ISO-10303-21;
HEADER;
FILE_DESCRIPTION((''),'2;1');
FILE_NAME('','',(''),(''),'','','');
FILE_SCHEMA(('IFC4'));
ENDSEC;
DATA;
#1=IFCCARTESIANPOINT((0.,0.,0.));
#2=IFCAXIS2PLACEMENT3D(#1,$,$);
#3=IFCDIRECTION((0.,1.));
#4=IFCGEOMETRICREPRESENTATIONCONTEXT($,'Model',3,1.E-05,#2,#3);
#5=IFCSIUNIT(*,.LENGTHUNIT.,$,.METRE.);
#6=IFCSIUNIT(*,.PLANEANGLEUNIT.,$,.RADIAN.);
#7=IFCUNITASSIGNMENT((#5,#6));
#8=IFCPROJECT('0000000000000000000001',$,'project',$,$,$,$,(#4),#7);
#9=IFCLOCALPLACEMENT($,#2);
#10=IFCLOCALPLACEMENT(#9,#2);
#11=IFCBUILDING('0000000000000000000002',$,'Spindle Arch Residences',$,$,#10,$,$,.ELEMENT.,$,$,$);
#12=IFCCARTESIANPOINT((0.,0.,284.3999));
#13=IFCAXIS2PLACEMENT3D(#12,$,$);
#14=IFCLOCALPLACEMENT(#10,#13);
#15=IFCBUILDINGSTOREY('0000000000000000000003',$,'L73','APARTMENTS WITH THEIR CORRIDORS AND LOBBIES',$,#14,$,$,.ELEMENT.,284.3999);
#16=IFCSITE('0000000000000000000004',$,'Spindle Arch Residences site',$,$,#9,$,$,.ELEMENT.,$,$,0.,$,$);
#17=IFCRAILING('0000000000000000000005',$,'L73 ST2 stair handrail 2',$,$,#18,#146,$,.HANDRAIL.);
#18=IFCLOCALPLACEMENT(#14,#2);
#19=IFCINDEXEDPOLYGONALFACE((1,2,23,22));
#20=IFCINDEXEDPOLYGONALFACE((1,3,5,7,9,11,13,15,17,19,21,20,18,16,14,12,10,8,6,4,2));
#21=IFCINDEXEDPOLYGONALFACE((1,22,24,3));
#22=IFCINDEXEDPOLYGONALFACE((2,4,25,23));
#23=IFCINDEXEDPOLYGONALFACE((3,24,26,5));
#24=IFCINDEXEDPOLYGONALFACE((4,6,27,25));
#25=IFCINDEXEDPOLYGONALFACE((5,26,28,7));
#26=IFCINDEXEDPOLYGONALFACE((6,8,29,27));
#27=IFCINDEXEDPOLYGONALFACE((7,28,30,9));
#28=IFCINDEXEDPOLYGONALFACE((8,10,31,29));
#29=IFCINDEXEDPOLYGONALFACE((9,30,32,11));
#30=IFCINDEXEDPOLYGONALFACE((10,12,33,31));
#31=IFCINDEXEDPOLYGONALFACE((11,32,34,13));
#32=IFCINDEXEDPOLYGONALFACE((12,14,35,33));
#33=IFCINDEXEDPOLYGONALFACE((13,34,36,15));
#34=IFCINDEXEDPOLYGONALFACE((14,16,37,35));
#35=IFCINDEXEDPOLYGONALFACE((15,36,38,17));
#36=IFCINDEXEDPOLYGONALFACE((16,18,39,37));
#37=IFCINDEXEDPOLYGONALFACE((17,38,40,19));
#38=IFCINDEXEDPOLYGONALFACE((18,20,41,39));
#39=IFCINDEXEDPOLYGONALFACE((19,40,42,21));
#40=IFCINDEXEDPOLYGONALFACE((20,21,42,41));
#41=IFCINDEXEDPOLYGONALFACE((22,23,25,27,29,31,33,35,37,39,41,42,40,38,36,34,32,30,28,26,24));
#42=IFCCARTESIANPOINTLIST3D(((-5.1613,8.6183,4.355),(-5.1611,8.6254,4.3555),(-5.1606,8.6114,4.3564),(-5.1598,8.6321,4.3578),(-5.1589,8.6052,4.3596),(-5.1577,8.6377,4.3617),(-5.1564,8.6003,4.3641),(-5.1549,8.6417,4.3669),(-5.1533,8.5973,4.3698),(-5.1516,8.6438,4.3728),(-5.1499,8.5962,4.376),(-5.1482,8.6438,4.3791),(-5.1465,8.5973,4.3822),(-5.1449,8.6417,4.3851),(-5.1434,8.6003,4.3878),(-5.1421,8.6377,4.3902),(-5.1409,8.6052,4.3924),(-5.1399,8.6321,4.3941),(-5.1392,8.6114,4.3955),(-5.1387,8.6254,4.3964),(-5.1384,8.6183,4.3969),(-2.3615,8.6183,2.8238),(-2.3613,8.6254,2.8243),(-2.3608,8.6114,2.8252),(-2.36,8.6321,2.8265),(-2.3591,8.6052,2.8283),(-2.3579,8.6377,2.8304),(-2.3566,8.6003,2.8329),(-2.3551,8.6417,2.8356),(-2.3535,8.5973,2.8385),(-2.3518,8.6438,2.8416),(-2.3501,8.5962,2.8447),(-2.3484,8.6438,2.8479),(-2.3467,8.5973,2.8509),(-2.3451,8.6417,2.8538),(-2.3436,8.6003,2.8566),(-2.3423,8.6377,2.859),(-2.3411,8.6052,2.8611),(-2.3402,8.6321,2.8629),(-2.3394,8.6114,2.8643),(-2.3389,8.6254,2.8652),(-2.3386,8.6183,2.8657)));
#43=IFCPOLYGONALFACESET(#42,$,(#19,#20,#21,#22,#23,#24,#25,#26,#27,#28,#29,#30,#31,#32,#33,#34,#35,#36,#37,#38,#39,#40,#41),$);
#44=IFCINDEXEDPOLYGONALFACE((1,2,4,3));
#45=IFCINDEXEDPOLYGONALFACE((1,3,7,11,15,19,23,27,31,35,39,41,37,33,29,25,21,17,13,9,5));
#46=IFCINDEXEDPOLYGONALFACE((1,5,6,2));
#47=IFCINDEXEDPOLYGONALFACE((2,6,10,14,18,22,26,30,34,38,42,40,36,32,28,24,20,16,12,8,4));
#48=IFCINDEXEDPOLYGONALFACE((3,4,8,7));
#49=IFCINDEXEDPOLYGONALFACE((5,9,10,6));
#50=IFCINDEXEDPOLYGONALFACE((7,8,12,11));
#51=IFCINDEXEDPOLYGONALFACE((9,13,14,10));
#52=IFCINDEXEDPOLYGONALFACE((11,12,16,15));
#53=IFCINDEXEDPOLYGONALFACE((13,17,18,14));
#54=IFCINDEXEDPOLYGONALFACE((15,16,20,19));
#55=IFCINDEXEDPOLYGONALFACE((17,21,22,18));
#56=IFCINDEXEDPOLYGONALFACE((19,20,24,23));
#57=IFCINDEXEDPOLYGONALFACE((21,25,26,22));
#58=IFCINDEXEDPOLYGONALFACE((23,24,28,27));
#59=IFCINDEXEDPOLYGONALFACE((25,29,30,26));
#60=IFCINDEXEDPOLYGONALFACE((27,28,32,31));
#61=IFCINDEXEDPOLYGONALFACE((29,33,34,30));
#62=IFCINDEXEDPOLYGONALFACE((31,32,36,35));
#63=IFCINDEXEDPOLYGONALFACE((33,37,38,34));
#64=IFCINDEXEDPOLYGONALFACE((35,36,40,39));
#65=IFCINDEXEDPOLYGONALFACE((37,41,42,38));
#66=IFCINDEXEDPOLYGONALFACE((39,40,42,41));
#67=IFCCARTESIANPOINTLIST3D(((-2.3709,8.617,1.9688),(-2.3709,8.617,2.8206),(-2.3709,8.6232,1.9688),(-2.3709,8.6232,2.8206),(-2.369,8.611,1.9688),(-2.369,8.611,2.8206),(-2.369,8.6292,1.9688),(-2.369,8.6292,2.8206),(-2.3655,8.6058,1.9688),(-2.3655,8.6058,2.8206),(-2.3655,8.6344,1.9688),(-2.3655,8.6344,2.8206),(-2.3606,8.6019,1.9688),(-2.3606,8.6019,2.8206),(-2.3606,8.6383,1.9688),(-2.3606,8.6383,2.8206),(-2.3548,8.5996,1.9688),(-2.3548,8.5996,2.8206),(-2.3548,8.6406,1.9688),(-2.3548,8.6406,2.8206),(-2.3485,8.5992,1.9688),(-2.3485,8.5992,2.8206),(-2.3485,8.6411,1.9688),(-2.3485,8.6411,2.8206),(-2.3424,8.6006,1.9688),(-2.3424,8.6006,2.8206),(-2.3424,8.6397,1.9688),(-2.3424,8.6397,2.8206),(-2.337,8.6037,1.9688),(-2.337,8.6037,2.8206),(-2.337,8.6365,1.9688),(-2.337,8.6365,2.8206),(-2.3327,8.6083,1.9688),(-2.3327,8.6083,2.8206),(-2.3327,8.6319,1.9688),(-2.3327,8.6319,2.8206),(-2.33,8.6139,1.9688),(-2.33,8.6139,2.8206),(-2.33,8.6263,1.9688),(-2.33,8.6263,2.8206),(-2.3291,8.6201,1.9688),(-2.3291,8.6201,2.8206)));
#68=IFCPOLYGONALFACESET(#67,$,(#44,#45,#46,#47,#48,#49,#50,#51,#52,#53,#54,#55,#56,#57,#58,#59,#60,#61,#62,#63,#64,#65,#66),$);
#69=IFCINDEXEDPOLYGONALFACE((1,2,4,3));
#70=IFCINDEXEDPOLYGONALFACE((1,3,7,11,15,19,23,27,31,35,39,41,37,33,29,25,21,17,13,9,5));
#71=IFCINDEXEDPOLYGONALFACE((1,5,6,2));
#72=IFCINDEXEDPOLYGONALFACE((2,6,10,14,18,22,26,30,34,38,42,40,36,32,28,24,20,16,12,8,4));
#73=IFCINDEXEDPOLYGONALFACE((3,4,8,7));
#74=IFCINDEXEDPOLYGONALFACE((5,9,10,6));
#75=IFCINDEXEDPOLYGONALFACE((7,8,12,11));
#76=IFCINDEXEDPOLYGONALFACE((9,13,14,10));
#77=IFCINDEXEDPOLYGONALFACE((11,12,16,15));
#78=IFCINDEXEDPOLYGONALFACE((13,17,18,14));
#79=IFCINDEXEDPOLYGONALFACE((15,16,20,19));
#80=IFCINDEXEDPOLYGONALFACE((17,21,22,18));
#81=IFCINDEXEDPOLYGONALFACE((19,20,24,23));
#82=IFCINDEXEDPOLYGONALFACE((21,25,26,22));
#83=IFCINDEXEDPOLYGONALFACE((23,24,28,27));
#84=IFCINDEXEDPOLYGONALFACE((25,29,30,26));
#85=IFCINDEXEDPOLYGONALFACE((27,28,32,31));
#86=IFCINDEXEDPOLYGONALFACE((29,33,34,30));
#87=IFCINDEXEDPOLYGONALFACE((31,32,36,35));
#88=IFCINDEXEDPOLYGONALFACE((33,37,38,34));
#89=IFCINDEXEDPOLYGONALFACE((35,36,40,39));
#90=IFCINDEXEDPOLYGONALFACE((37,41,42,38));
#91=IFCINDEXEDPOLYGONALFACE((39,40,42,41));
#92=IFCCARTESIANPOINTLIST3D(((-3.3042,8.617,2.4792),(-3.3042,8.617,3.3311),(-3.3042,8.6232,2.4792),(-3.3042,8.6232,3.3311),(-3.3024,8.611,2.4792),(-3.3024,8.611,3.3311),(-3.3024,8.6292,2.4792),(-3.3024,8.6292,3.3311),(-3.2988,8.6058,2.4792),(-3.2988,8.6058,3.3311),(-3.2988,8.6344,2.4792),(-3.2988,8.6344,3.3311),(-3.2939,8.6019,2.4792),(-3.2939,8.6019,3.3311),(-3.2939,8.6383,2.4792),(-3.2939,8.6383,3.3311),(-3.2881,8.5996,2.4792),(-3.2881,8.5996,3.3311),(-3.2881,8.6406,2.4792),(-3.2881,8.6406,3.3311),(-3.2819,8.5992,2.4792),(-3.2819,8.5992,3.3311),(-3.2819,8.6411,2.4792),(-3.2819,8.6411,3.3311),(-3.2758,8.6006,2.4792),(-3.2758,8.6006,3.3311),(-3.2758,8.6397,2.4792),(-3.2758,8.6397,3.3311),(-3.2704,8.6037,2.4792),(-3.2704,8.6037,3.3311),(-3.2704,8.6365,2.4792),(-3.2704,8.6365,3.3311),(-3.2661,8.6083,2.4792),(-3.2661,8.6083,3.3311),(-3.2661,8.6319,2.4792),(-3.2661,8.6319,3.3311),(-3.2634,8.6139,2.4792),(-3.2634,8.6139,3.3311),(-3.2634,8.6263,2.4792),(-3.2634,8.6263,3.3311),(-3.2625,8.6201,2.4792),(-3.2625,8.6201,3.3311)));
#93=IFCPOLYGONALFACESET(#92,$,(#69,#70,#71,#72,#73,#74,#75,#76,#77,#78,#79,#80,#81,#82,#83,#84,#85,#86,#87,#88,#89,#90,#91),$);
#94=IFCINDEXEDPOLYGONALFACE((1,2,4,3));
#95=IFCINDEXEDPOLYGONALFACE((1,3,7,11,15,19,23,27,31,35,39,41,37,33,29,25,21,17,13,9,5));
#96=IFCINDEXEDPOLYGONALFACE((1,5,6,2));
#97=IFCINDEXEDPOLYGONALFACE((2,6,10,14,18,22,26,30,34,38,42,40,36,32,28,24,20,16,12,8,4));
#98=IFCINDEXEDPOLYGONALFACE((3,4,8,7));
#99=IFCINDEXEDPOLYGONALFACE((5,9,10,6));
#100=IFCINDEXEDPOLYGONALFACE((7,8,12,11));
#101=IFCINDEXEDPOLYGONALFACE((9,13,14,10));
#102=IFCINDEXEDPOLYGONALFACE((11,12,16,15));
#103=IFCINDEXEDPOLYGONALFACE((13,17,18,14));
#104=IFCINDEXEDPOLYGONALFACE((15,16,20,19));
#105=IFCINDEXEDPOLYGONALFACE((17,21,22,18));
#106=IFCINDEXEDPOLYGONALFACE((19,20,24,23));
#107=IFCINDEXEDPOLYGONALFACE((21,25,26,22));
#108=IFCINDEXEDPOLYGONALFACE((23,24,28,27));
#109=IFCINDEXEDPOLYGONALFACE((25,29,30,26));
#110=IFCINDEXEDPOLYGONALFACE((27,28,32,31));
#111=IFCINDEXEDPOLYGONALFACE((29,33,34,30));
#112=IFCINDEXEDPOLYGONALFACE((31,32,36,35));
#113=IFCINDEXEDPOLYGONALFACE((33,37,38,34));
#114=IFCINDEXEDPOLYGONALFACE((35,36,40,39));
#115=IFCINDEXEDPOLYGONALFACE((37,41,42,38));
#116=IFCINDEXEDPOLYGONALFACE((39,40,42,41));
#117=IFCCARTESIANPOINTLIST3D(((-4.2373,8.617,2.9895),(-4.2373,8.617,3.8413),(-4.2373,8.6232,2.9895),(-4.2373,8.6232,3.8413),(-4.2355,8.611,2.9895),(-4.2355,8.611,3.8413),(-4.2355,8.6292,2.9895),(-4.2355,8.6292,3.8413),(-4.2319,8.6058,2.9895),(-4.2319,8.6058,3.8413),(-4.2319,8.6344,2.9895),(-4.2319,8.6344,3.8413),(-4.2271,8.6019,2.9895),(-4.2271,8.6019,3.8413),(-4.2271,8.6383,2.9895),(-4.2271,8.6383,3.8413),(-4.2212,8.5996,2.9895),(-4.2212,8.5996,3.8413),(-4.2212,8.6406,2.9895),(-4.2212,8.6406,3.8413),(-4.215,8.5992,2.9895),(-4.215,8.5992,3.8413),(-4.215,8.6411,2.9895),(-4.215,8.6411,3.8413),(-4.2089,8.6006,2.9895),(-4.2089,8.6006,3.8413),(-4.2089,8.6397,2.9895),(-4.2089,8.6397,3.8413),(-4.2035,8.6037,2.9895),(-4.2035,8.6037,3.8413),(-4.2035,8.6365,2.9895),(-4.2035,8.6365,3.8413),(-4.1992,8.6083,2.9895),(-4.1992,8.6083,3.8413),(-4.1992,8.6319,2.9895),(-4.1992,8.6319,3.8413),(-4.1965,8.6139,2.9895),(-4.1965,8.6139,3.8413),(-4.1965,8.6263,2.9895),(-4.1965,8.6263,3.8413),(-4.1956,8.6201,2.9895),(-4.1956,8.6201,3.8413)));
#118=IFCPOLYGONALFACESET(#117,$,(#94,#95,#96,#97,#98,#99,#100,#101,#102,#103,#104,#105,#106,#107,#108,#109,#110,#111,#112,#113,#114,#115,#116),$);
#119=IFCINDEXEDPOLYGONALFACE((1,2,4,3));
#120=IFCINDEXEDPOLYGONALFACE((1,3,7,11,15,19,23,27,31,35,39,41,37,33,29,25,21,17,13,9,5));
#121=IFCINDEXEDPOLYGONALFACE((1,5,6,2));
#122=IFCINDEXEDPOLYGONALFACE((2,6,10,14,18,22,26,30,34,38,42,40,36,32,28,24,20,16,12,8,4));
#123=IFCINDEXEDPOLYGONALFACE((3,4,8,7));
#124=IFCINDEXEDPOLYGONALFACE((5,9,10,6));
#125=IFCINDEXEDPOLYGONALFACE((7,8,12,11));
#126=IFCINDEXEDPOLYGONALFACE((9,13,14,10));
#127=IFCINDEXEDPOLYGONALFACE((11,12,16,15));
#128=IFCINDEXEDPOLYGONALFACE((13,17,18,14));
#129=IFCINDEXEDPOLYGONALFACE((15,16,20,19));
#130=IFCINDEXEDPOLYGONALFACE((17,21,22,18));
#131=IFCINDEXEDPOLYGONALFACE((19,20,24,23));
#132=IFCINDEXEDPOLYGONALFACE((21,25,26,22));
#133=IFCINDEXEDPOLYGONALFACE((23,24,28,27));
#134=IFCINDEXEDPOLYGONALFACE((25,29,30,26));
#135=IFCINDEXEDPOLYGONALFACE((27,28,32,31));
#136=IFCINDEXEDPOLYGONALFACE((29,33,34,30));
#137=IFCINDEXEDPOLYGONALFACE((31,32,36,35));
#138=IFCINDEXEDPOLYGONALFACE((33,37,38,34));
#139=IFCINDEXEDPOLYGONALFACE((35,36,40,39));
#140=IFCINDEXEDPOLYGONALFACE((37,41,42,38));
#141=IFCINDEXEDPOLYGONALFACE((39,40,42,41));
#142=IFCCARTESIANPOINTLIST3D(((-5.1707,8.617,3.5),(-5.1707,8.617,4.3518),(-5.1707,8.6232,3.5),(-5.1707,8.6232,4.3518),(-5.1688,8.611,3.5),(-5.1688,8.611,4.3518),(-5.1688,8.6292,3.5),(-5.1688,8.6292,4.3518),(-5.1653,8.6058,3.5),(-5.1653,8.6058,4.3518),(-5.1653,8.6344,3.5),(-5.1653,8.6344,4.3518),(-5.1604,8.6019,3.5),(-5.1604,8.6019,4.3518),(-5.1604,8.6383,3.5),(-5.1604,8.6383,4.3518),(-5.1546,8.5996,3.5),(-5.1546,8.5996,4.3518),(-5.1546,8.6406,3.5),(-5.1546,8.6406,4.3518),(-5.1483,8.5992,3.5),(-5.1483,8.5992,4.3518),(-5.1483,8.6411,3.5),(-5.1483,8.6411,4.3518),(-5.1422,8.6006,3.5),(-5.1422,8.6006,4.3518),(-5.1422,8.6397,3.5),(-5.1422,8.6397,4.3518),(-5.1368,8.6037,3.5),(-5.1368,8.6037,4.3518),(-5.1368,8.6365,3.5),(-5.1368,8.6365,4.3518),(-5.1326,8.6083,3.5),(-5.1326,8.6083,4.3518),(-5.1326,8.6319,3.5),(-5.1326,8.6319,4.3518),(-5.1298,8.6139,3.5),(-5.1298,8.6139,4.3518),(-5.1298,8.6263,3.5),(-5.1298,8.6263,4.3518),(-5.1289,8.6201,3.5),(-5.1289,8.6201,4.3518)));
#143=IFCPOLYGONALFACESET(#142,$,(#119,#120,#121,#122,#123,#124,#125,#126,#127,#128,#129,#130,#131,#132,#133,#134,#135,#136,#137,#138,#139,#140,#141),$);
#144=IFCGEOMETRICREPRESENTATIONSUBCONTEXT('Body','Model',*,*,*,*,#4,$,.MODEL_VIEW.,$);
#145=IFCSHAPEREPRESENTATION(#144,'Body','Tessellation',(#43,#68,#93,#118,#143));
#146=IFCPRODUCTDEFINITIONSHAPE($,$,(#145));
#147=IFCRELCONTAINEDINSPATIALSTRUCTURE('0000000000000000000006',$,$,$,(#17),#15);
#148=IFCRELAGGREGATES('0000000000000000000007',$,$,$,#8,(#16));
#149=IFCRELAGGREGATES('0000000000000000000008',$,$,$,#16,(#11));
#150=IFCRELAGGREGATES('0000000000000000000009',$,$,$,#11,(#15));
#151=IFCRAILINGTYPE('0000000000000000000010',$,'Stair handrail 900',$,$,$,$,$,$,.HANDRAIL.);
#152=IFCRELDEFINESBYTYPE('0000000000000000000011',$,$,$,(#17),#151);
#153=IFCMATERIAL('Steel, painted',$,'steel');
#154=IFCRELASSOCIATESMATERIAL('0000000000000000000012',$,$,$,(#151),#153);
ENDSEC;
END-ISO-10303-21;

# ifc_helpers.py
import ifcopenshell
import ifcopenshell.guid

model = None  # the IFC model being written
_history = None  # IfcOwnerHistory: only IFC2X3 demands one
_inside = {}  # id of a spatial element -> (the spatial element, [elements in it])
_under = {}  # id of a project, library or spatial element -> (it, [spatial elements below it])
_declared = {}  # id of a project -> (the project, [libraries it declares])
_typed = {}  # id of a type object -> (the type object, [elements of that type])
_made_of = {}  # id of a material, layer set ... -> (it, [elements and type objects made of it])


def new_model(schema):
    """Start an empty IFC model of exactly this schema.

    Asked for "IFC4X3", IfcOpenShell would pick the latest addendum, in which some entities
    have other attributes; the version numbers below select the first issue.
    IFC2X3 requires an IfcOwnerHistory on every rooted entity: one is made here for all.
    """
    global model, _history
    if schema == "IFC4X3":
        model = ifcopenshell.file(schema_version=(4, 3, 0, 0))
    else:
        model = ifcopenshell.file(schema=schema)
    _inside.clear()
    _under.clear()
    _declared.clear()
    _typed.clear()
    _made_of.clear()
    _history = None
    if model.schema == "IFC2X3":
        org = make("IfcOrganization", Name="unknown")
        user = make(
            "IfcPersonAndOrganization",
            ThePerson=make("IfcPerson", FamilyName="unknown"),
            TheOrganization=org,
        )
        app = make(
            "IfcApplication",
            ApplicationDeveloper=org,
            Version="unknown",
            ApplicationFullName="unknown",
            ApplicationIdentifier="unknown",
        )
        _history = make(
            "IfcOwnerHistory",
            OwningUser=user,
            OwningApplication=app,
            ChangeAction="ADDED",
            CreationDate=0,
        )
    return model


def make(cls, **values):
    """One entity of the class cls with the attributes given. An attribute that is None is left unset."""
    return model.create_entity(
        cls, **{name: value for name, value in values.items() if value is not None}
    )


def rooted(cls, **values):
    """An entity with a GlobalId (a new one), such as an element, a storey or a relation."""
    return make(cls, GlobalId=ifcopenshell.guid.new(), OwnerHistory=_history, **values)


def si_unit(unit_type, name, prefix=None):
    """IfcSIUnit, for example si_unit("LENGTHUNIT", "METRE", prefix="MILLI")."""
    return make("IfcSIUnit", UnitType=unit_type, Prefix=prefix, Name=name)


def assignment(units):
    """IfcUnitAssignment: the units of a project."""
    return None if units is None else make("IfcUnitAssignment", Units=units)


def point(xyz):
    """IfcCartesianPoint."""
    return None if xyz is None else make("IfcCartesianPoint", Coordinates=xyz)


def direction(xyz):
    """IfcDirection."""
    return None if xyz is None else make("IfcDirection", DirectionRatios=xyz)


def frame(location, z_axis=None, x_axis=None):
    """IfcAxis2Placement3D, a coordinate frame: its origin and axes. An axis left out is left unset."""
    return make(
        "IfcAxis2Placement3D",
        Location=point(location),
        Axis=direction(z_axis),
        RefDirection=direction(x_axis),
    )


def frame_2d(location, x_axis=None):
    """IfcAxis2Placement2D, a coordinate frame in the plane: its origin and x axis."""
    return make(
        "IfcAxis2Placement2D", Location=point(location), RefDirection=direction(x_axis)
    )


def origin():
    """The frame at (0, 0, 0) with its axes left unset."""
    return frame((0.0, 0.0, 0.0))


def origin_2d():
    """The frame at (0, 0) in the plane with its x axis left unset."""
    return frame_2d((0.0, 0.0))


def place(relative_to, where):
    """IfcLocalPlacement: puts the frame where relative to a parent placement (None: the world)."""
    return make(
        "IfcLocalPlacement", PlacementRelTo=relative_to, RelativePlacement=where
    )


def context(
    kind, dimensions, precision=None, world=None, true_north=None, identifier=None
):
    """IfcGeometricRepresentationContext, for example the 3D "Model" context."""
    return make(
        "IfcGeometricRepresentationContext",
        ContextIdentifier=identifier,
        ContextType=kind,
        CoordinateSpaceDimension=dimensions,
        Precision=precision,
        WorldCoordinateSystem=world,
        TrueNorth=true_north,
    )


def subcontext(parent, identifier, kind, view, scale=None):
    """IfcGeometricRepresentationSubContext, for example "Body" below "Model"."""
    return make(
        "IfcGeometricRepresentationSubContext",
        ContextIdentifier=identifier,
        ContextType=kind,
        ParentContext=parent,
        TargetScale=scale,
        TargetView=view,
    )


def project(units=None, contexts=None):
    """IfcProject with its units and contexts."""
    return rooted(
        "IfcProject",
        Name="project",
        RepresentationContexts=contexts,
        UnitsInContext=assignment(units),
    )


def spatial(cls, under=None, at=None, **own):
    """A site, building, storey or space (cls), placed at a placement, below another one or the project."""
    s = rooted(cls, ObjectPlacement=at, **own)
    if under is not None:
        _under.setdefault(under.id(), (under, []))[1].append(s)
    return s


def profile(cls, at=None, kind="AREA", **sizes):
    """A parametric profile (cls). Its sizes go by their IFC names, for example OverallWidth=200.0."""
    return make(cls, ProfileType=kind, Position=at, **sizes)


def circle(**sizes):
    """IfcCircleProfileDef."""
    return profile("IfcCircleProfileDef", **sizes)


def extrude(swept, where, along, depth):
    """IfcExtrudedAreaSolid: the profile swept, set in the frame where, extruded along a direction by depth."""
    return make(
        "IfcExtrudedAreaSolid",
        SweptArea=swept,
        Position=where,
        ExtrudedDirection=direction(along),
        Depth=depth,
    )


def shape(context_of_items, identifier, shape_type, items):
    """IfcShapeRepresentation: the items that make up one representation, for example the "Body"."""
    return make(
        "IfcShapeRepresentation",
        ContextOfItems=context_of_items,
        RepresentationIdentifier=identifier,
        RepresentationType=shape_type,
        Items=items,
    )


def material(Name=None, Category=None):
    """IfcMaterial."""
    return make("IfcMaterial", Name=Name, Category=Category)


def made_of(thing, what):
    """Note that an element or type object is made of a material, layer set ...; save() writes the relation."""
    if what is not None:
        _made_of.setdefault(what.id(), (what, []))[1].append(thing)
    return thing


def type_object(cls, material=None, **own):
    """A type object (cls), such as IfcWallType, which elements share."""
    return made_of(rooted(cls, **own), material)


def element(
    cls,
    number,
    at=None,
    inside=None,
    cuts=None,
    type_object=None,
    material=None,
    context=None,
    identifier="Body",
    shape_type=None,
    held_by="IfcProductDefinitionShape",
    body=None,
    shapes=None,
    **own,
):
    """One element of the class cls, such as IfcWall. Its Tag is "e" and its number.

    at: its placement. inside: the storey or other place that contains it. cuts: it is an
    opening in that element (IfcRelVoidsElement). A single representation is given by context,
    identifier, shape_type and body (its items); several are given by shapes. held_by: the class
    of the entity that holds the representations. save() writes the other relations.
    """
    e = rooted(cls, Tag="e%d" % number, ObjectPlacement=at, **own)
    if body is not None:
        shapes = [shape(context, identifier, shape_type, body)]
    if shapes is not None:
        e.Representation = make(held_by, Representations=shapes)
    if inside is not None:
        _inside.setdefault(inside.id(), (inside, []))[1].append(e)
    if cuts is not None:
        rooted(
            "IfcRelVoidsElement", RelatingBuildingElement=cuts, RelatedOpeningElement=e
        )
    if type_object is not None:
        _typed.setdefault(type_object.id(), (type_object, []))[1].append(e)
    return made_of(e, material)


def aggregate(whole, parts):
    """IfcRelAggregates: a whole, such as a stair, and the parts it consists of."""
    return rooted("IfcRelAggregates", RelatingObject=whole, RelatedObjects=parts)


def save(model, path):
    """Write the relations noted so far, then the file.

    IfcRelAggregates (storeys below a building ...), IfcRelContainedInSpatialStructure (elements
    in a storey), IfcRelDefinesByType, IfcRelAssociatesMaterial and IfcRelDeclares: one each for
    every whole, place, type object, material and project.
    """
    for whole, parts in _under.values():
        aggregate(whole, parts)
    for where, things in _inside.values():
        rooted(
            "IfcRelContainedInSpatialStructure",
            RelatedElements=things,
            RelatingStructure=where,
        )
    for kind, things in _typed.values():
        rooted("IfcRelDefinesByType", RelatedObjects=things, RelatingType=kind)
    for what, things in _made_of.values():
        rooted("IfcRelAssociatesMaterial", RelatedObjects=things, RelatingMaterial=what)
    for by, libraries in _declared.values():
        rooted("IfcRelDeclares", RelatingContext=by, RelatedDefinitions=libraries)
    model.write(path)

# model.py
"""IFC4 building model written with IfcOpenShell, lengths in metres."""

from ifc_helpers import new_model, si_unit, direction, frame, origin, origin_2d, place, context, subcontext, project, spatial, circle, extrude, material, type_object, element, save


model = new_model("IFC4")

# Units and contexts
model_context = context("Model", 3, precision=1e-05, world=origin(), true_north=direction((0.0, 1.0)))
body_context = subcontext(model_context, "Body", "Model", "MODEL_VIEW")
ifc_project = project(units=[si_unit("LENGTHUNIT", "METRE"), si_unit("PLANEANGLEUNIT", "RADIAN")], contexts=[model_context])

# Site, building, storey
site_placement = place(None, origin())
site = spatial("IfcSite", under=ifc_project, at=site_placement, Name="Spindle Arch Residences site", CompositionType="ELEMENT", RefElevation=0.0)
building_placement = place(site_placement, origin())
building = spatial("IfcBuilding", under=site, at=building_placement, Name="Spindle Arch Residences", CompositionType="ELEMENT")
storey_placement = place(building_placement, frame((0.0, 0.0, 284.3999)))
storey = spatial("IfcBuildingStorey", under=building, at=storey_placement, Name="L73", Description="APARTMENTS WITH THEIR CORRIDORS AND LOBBIES", CompositionType="ELEMENT", Elevation=284.3999)

# Railing
ifc_material_1 = material(Name="Steel, painted", Category="steel")
railing_type = type_object("IfcRailingType", Name="Stair handrail 900", PredefinedType="HANDRAIL", material=ifc_material_1)
railing_placement = place(storey_placement, frame((-2.3501, 8.6201, 1.9688)))
element("IfcRailing", 1, at=railing_placement, inside=storey, type_object=railing_type, Name="L73 ST2 stair handrail 2", PredefinedType="HANDRAIL", context=body_context, shape_type="SweptSolid", body=[
    extrude(circle(Radius=0.0239, at=origin_2d()), frame((0.0, 0.0, 0.876), z_axis=(-0.877357, 0.0, 0.479838), x_axis=(0.0, -1.0, 0.0)), (0.0, 0.0, 1.0), 3.1912),
    extrude(circle(Radius=0.021, at=origin_2d()), origin(), (0.0, 0.0, 1.0), 0.8518),
    extrude(circle(Radius=0.021, at=origin_2d()), frame((-0.9333, 0.0, 0.5105)), (0.0, 0.0, 1.0), 0.8518),
    extrude(circle(Radius=0.021, at=origin_2d()), frame((-1.8665, 0.0, 1.0208)), (0.0, 0.0, 1.0), 0.8518),
    extrude(circle(Radius=0.021, at=origin_2d()), frame((-2.7998, 0.0, 1.5312)), (0.0, 0.0, 1.0), 0.8518),
])

save(model, "model.ifc")
